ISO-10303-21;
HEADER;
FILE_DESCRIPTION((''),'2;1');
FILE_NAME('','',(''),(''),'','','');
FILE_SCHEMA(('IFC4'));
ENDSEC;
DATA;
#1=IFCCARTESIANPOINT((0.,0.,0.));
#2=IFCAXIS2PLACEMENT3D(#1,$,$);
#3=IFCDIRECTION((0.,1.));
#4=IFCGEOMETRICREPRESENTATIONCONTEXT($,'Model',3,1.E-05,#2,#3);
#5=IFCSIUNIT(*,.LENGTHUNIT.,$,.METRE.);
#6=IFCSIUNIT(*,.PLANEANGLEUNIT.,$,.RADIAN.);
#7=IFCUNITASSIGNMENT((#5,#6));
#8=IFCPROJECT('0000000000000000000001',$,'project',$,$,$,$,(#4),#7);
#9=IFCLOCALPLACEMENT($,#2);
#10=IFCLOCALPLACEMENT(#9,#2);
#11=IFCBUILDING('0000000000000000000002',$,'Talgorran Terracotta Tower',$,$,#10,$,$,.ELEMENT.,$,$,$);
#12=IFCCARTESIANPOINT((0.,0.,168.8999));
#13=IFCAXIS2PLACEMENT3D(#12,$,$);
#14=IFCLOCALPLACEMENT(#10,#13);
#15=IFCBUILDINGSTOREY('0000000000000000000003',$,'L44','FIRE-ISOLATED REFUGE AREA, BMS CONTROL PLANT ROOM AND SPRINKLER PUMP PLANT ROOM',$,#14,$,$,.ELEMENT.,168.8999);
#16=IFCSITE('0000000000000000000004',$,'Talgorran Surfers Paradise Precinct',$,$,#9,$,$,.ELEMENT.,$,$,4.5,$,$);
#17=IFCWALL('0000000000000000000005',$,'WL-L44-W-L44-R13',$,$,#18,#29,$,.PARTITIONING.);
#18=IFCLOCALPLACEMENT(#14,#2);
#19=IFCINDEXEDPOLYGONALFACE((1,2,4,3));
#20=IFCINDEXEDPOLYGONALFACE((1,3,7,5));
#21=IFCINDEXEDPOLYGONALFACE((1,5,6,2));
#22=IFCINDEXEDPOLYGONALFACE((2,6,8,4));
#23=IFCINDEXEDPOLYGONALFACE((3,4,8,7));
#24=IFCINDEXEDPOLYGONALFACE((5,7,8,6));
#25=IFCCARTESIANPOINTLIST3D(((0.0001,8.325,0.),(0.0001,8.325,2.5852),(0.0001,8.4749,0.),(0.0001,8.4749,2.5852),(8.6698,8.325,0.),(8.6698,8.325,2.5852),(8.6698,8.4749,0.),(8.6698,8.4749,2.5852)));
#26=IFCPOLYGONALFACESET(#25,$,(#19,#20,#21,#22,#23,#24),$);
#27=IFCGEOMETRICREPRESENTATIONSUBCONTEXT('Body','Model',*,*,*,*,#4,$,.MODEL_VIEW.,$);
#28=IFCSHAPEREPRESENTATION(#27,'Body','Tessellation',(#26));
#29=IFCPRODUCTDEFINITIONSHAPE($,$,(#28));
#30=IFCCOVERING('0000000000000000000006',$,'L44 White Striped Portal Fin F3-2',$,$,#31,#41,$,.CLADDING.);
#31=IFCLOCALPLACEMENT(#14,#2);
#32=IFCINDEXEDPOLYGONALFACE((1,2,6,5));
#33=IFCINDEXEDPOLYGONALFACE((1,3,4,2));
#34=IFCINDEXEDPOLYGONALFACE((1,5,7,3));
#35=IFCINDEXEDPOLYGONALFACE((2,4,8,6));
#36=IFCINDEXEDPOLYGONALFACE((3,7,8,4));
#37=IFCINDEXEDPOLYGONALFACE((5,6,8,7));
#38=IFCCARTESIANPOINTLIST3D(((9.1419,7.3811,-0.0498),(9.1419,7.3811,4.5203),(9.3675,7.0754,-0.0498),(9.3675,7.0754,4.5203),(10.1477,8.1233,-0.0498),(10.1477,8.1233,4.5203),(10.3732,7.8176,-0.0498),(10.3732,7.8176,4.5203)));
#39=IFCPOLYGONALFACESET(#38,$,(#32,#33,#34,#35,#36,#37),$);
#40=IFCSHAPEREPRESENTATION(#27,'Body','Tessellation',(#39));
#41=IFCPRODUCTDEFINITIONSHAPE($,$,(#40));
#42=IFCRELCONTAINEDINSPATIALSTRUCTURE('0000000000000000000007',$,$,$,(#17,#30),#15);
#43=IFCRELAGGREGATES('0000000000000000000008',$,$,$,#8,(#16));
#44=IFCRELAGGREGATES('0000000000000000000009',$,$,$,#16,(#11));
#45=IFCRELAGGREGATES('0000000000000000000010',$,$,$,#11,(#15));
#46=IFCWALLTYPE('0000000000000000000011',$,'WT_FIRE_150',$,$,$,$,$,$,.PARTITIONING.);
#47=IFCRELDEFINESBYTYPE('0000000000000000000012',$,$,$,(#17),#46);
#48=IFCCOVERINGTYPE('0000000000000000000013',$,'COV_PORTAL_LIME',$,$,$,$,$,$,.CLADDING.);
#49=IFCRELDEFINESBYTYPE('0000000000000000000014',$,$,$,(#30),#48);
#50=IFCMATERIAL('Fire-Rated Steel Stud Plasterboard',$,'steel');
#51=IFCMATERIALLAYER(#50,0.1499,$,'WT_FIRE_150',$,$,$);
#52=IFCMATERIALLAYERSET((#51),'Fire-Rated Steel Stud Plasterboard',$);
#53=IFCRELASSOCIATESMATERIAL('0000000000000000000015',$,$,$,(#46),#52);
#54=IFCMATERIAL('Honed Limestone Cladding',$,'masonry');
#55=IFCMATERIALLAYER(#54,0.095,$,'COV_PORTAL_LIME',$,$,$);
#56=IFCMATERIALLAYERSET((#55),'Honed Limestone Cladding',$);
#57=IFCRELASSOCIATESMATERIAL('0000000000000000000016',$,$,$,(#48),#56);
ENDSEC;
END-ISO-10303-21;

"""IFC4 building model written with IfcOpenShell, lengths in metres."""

from ifc_helpers import new_model, si_unit, direction, frame, frame_2d, origin, origin_2d, place, context, subcontext, project, spatial, rectangle, extrude, material, layer, layer_set, type_object, element, save


model = new_model("IFC4")

# Units and contexts
model_context = context("Model", 3, precision=1e-05, world=origin(), true_north=direction((0.0, 1.0)))
body_context = subcontext(model_context, "Body", "Model", "MODEL_VIEW")
ifc_project = project(units=[si_unit("LENGTHUNIT", "METRE"), si_unit("PLANEANGLEUNIT", "RADIAN")], contexts=[model_context])

# Site, building, storey
site_placement = place(None, origin())
site = spatial("IfcSite", under=ifc_project, at=site_placement, Name="Talgorran Surfers Paradise Precinct", CompositionType="ELEMENT", RefElevation=4.5)
building_placement = place(site_placement, origin())
building = spatial("IfcBuilding", under=site, at=building_placement, Name="Talgorran Terracotta Tower", CompositionType="ELEMENT")
storey_placement = place(building_placement, frame((0.0, 0.0, 168.8999)))
storey = spatial("IfcBuildingStorey", under=building, at=storey_placement, Name="L44", Description="FIRE-ISOLATED REFUGE AREA, BMS CONTROL PLANT ROOM AND SPRINKLER PUMP PLANT ROOM", CompositionType="ELEMENT", Elevation=168.8999)

# Wall
ifc_material_1 = material(Name="Fire-Rated Steel Stud Plasterboard", Category="steel")
ifc_layer_1 = layer(ifc_material_1, 0.1499, Name="WT_FIRE_150")
ifc_layer_set_1 = layer_set([ifc_layer_1], Name="Fire-Rated Steel Stud Plasterboard")
wall_type = type_object("IfcWallType", Name="WT_FIRE_150", PredefinedType="PARTITIONING", material=ifc_layer_set_1)
wall_placement = place(storey_placement, frame((0.0, 8.3999, 0.0), z_axis=(0.0, 0.0, 1.0), x_axis=(1.0, 0.0, 0.0)))
element("IfcWall", 1, at=wall_placement, inside=storey, type_object=wall_type, Name="WL-L44-W-L44-R13", PredefinedType="PARTITIONING", context=body_context, shape_type="SweptSolid", body=[
    extrude(rectangle(XDim=8.6697, YDim=0.1499, at=frame_2d((4.335, 0.0))), origin(), (0.0, 0.0, 1.0), 2.5852),
])

# Covering
ifc_material_2 = material(Name="Honed Limestone Cladding", Category="masonry")
ifc_layer_2 = layer(ifc_material_2, 0.095, Name="COV_PORTAL_LIME")
ifc_layer_set_2 = layer_set([ifc_layer_2], Name="Honed Limestone Cladding")
covering_type = type_object("IfcCoveringType", Name="COV_PORTAL_LIME", PredefinedType="CLADDING", material=ifc_layer_set_2)
covering_placement = place(storey_placement, frame((9.7576, 7.5994, -0.0498), z_axis=(0.0, 0.0, 1.0), x_axis=(-0.593784, 0.804624, 0.0)))
element("IfcCovering", 2, at=covering_placement, inside=storey, type_object=covering_type, Name="L44 White Striped Portal Fin F3-2", PredefinedType="CLADDING", context=body_context, shape_type="SweptSolid", body=[
    extrude(rectangle(XDim=0.3799, YDim=1.25, at=origin_2d()), origin(), (0.0, 0.0, 1.0), 4.5701),
])

save(model, "model.ifc")
